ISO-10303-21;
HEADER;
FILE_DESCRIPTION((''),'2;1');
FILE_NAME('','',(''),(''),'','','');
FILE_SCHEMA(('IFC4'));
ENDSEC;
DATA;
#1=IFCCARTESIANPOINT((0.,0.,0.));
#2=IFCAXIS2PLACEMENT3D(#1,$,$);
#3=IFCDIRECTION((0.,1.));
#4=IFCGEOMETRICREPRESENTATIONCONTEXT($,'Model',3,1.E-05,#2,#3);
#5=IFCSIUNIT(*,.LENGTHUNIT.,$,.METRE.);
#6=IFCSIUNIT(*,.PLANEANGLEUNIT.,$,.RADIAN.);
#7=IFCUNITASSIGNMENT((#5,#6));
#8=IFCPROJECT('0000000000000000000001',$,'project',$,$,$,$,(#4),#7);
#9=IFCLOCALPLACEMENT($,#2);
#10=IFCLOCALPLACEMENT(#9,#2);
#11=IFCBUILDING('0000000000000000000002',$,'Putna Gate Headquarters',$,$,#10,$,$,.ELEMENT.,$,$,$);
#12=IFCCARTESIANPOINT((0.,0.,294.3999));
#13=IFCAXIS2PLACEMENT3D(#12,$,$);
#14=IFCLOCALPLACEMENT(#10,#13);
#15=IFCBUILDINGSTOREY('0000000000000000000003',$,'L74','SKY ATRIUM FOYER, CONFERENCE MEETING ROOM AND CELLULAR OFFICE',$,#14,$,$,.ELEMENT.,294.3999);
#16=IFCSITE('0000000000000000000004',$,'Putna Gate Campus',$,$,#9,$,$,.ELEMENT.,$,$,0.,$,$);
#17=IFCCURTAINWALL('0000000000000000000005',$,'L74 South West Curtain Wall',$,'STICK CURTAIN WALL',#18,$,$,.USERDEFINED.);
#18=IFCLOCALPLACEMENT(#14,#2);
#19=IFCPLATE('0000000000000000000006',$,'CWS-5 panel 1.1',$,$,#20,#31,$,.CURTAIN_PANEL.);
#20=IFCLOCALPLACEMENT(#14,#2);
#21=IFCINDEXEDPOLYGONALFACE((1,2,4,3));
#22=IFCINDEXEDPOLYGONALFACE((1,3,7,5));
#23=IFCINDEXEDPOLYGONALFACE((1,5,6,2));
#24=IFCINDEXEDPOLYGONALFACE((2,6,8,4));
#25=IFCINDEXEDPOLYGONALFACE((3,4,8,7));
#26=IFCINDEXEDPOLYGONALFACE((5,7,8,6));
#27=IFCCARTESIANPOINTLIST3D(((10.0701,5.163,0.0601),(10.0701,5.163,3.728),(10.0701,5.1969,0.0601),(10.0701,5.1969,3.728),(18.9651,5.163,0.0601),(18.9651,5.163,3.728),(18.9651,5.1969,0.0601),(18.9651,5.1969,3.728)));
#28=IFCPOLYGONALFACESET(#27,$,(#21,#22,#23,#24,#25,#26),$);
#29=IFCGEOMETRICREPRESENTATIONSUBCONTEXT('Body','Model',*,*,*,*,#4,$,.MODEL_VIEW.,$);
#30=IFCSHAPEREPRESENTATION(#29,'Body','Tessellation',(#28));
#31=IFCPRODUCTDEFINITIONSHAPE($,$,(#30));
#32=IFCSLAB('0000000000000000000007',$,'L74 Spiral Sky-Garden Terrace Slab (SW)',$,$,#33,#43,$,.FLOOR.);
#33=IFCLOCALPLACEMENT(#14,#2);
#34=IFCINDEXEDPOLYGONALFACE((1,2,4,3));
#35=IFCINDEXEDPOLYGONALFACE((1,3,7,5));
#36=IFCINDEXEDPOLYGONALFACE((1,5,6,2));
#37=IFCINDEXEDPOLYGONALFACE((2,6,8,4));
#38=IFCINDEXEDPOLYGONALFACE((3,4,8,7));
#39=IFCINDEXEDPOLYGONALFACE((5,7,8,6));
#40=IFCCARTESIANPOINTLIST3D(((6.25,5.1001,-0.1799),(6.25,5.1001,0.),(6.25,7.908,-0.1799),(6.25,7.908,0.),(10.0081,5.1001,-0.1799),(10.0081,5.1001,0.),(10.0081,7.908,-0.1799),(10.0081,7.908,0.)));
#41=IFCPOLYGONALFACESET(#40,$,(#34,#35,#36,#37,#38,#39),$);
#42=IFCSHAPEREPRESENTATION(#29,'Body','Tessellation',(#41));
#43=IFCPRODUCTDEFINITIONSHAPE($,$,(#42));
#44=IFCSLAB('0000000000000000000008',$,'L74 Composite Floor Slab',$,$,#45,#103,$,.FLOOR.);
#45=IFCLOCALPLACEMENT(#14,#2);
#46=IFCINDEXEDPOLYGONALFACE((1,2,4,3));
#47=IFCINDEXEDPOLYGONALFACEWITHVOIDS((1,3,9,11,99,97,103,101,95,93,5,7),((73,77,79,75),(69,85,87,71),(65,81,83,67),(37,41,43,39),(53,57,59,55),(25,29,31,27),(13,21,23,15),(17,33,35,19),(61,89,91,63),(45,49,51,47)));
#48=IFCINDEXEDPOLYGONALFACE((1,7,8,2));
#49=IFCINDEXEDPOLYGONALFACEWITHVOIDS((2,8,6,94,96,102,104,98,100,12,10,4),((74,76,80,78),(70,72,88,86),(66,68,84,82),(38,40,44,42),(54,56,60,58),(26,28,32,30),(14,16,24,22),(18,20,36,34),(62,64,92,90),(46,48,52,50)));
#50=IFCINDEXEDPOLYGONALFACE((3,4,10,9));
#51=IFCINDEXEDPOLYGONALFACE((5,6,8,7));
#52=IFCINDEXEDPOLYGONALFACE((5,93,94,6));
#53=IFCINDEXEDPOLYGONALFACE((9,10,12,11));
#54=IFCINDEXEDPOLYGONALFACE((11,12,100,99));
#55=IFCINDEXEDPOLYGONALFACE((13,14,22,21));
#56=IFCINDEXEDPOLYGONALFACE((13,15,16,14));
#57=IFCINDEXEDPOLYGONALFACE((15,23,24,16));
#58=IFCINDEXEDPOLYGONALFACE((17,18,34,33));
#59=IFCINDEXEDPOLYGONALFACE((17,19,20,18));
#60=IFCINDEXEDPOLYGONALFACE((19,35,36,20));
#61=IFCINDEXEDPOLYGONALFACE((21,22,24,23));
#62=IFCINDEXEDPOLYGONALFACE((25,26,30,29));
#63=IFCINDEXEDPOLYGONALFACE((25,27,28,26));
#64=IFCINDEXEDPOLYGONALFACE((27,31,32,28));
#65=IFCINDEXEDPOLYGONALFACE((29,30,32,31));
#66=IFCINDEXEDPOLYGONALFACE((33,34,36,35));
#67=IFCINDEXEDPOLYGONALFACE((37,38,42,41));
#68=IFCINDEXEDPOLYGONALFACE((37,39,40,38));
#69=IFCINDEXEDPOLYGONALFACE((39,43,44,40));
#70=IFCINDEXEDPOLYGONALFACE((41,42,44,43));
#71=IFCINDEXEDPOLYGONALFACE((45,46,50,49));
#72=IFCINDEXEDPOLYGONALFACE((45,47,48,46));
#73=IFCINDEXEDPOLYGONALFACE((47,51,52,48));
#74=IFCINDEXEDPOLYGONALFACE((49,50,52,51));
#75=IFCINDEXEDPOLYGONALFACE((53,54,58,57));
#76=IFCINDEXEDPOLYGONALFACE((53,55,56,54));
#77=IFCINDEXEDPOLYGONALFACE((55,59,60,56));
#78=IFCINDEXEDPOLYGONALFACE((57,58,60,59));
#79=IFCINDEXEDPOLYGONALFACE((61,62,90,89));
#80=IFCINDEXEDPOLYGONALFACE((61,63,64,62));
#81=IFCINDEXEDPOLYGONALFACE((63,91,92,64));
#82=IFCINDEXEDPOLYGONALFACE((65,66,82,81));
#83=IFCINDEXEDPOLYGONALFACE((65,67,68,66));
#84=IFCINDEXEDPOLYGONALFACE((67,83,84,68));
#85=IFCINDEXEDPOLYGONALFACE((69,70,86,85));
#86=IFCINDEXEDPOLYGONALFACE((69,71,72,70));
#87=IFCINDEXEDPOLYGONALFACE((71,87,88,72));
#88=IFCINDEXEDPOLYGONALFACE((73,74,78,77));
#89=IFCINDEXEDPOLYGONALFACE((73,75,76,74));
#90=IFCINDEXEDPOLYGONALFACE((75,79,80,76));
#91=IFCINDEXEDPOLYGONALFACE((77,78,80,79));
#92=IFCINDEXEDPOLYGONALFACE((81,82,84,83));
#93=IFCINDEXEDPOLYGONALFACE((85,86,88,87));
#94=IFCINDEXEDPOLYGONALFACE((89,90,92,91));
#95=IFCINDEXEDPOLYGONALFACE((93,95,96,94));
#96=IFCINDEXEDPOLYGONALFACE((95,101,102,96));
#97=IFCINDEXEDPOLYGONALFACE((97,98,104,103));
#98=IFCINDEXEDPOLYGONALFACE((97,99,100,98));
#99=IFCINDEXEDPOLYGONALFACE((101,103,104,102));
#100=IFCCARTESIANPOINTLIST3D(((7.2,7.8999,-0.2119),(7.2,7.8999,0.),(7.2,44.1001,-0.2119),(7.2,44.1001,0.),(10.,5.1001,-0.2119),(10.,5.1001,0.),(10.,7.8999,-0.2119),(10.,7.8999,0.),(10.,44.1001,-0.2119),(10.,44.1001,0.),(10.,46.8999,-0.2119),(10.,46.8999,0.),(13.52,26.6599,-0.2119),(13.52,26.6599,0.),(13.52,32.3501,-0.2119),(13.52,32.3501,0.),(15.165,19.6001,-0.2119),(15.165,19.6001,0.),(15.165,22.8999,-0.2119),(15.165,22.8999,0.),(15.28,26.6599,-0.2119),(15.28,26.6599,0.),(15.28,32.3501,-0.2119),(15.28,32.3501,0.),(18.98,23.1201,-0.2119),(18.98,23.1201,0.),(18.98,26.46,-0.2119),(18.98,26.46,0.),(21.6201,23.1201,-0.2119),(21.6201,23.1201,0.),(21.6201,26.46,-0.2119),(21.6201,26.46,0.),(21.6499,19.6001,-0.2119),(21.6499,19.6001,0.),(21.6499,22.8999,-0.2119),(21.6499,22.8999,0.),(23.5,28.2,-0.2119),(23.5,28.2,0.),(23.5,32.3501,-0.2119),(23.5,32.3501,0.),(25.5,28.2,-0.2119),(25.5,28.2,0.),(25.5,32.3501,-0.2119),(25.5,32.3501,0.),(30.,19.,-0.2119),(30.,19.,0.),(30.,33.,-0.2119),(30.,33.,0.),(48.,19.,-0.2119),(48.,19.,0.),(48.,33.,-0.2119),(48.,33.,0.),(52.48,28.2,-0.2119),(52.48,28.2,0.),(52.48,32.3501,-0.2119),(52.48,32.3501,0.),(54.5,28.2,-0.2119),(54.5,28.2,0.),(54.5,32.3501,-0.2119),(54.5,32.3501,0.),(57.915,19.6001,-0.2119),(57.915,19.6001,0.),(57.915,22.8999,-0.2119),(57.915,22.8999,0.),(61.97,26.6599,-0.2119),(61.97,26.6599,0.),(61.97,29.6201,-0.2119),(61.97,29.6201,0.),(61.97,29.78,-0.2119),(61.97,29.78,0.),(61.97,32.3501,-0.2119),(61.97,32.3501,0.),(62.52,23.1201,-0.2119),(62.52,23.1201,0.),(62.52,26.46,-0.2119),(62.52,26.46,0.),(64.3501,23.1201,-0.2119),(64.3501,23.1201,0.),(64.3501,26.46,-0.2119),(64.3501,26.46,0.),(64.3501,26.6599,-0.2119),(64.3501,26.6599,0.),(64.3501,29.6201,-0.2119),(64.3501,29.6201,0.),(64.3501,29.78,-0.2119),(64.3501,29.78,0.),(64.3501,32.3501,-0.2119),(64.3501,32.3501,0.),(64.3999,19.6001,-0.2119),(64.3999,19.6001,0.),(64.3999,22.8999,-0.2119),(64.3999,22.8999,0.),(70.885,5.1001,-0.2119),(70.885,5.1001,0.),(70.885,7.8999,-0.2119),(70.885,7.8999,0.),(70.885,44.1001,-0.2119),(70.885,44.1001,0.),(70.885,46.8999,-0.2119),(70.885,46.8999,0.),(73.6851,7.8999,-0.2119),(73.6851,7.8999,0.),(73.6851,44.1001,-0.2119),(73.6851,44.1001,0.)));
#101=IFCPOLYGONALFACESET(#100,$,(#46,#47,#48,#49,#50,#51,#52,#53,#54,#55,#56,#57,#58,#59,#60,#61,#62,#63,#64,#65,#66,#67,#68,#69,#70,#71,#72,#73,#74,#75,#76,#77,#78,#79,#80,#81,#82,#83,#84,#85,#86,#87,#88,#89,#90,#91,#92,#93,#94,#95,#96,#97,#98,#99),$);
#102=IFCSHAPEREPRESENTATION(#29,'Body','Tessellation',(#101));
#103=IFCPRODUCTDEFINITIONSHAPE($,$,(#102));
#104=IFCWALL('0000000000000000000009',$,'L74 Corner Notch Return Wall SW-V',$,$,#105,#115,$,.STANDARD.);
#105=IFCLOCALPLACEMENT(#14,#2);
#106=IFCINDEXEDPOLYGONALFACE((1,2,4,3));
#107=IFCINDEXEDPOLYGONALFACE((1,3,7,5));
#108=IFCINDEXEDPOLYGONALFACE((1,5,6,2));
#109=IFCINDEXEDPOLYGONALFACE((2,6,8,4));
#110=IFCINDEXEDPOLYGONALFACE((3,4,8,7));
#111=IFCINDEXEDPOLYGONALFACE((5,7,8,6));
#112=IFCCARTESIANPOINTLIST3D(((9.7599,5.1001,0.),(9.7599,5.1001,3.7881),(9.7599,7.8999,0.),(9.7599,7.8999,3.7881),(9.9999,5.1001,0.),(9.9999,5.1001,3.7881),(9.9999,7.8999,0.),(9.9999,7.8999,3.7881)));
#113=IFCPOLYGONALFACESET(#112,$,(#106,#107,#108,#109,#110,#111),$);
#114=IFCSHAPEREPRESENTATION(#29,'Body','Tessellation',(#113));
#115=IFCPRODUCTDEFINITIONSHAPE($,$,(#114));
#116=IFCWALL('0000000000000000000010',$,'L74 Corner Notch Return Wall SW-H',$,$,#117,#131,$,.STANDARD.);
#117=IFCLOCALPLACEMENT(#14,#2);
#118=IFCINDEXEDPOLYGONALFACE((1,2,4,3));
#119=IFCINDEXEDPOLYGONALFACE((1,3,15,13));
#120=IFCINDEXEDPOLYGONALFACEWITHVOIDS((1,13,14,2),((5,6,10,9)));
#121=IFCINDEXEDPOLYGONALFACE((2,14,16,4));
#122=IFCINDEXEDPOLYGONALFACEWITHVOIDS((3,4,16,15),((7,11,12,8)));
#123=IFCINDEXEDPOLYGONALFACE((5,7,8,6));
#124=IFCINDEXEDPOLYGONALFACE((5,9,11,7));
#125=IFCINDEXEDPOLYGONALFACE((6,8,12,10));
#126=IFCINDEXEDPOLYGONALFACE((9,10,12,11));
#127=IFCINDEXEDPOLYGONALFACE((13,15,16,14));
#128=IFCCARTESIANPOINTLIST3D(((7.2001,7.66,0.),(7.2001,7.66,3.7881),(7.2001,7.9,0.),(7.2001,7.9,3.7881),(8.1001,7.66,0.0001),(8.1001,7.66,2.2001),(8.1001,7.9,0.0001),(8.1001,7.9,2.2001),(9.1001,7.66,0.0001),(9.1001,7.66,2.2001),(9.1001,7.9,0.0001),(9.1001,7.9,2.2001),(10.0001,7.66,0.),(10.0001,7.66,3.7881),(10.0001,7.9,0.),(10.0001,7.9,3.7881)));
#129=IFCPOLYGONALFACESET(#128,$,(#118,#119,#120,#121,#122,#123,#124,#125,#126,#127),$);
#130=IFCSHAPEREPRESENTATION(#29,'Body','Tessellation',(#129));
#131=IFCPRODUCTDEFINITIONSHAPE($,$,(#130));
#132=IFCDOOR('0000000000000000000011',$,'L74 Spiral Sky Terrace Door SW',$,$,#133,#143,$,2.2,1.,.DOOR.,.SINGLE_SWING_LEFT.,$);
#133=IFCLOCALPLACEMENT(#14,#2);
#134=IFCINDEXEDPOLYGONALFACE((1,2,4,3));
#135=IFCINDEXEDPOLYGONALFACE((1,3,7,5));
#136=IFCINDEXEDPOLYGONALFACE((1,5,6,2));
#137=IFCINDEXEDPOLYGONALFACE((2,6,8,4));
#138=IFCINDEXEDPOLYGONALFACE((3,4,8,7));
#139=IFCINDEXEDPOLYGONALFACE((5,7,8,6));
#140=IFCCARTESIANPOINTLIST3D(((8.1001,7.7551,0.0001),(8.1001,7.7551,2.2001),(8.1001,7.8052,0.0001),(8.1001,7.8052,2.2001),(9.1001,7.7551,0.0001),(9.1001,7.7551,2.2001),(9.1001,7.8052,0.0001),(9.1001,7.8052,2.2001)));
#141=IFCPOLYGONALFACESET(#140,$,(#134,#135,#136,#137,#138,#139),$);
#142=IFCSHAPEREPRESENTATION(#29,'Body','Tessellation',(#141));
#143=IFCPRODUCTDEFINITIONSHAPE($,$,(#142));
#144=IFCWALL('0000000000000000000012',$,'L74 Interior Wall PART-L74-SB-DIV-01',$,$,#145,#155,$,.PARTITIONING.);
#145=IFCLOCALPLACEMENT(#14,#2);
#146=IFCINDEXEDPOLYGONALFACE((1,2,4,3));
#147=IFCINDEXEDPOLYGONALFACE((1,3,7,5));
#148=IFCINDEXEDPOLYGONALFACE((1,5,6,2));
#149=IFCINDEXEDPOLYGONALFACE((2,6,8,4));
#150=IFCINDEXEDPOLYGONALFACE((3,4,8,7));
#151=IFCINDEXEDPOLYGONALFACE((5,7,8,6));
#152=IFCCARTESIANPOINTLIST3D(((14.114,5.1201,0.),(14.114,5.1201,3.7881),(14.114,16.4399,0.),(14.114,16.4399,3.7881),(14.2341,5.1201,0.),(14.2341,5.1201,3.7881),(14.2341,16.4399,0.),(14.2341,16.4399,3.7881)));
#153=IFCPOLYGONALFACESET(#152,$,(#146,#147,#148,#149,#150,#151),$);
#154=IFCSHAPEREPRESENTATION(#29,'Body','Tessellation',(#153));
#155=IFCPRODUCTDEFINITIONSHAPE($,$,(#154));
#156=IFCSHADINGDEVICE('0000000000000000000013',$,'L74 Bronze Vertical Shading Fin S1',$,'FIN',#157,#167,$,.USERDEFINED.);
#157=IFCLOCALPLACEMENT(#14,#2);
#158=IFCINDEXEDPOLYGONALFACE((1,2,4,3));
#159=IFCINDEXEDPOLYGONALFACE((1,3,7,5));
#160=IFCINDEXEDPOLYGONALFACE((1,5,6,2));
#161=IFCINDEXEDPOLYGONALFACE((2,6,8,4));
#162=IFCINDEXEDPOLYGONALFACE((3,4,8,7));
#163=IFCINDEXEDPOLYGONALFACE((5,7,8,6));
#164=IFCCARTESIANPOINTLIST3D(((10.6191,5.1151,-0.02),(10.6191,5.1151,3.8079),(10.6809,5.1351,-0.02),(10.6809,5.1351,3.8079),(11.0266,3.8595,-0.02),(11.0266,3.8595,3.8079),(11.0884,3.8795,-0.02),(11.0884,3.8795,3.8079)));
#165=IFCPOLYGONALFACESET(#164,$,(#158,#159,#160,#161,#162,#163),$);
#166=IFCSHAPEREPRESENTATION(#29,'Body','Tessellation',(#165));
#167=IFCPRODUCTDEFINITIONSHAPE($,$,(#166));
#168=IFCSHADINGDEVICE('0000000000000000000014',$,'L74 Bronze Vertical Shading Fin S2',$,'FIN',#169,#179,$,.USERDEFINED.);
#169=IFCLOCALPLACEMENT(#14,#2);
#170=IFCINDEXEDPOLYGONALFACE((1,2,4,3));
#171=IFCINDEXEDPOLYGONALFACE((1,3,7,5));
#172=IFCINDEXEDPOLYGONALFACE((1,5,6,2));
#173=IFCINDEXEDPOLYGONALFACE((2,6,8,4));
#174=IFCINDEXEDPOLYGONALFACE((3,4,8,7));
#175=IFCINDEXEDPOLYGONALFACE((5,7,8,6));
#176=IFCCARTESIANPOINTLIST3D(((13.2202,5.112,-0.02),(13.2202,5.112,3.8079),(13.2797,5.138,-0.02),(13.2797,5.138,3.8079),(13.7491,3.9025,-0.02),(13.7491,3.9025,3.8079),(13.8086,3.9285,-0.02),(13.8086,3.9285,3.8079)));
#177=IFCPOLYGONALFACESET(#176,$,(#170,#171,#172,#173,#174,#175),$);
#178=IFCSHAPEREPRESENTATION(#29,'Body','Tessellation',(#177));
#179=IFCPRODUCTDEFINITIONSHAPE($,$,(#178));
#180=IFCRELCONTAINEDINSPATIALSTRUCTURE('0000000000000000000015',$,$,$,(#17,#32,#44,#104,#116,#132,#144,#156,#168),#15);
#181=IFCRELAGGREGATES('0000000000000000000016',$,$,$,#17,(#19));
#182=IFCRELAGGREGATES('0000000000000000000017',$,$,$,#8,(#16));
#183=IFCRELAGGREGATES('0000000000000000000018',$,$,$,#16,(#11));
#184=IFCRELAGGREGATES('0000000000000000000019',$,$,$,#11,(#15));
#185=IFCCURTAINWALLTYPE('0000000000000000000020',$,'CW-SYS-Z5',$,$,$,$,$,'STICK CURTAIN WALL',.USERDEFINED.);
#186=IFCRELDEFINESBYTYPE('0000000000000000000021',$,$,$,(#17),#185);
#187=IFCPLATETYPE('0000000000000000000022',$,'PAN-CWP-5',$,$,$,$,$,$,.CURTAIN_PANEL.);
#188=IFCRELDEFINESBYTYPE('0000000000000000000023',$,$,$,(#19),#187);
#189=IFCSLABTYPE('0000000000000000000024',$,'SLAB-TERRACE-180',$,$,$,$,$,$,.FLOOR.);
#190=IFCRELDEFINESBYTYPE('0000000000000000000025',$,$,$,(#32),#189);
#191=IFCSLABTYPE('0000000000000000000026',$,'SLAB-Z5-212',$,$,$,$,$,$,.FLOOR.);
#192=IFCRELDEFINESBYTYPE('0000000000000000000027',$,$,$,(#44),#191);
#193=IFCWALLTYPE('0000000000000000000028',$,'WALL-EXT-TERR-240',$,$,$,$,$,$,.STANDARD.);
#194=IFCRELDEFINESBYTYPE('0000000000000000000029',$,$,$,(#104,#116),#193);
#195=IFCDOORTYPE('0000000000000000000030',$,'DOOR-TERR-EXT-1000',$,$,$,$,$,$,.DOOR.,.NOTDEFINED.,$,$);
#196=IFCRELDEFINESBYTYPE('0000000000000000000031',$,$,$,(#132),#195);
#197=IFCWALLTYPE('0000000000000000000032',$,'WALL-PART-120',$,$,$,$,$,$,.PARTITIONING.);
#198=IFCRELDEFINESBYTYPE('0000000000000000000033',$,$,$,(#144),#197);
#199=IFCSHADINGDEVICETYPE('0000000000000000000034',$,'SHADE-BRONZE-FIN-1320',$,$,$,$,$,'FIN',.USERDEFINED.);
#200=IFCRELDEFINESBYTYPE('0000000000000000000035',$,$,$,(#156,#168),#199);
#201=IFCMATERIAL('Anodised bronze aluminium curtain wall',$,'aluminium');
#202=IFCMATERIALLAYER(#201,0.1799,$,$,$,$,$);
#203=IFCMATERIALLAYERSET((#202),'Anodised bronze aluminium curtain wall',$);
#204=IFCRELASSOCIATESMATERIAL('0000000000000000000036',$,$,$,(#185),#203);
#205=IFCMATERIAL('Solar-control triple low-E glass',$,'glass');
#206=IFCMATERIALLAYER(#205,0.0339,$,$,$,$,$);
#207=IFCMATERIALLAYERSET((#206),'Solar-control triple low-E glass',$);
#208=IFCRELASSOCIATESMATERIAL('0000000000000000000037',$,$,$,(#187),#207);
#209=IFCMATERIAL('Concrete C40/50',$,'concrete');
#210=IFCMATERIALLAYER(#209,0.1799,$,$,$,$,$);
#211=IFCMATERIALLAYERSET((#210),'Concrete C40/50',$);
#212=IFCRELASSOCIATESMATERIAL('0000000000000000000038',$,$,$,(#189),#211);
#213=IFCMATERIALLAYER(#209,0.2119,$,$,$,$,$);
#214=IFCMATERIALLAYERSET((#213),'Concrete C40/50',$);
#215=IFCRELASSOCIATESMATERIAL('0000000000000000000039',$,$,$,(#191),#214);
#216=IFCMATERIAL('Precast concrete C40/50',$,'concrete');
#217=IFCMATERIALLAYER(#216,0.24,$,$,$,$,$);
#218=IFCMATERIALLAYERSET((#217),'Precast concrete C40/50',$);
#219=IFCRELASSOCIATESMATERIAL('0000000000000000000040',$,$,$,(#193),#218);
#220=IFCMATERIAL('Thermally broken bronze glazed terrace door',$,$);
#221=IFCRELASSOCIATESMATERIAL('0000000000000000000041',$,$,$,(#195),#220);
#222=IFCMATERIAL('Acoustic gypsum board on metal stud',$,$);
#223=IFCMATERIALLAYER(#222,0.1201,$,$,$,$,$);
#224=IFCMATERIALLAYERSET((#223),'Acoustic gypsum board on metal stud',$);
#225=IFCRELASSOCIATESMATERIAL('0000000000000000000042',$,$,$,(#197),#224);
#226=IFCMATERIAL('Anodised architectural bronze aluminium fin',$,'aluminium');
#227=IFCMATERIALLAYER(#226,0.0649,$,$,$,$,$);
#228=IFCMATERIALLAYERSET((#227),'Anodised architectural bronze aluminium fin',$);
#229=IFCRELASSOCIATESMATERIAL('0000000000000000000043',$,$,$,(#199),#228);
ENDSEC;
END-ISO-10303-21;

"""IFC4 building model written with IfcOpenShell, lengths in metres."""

from ifc_helpers import new_model, si_unit, direction, frame, frame_2d, origin, origin_2d, place, context, subcontext, project, spatial, polyline, rectangle, outline, extrude, material, layer, layer_set, type_object, element, fill, aggregate, save


model = new_model("IFC4")

# Units and contexts
model_context = context("Model", 3, precision=1e-05, world=origin(), true_north=direction((0.0, 1.0)))
body_context = subcontext(model_context, "Body", "Model", "MODEL_VIEW")
ifc_project = project(units=[si_unit("LENGTHUNIT", "METRE"), si_unit("PLANEANGLEUNIT", "RADIAN")], contexts=[model_context])

# Site, building, storey
site_placement = place(None, origin())
site = spatial("IfcSite", under=ifc_project, at=site_placement, Name="Putna Gate Campus", CompositionType="ELEMENT", RefElevation=0.0)
building_placement = place(site_placement, origin())
building = spatial("IfcBuilding", under=site, at=building_placement, Name="Putna Gate Headquarters", CompositionType="ELEMENT")
storey_placement = place(building_placement, frame((0.0, 0.0, 294.3999)))
storey = spatial("IfcBuildingStorey", under=building, at=storey_placement, Name="L74", Description="SKY ATRIUM FOYER, CONFERENCE MEETING ROOM AND CELLULAR OFFICE", CompositionType="ELEMENT", Elevation=294.3999)

# Curtain wall
ifc_material_1 = material(Name="Anodised bronze aluminium curtain wall", Category="aluminium")
ifc_layer_1 = layer(ifc_material_1, 0.1799)
ifc_layer_set_1 = layer_set([ifc_layer_1], Name="Anodised bronze aluminium curtain wall")
curtain_wall_type = type_object("IfcCurtainWallType", Name="CW-SYS-Z5", ElementType="STICK CURTAIN WALL", PredefinedType="USERDEFINED", material=ifc_layer_set_1)
curtain_wall_1_placement = place(storey_placement, origin())
curtain_wall_1 = element("IfcCurtainWall", 1, at=curtain_wall_1_placement, inside=storey, type_object=curtain_wall_type, Name="L74 South West Curtain Wall", ObjectType="STICK CURTAIN WALL", PredefinedType="USERDEFINED")

# Shared definitions
ifc_material_2 = material(Name="Concrete C40/50", Category="concrete")

# Plate
ifc_material_3 = material(Name="Solar-control triple low-E glass", Category="glass")
ifc_layer_2 = layer(ifc_material_3, 0.0339)
ifc_layer_set_2 = layer_set([ifc_layer_2], Name="Solar-control triple low-E glass")
plate_type = type_object("IfcPlateType", Name="PAN-CWP-5", PredefinedType="CURTAIN_PANEL", material=ifc_layer_set_2)
plate_placement = place(storey_placement, frame((14.5176, 5.1799, 0.0601), z_axis=(0.0, 0.0, 1.0), x_axis=(1.0, 0.0, 0.0)))
plate = element("IfcPlate", 2, at=plate_placement, type_object=plate_type, Name="CWS-5 panel 1.1", PredefinedType="CURTAIN_PANEL", context=body_context, shape_type="SweptSolid", body=[
    extrude(rectangle(XDim=8.895, YDim=0.0339, at=origin_2d()), origin(), (0.0, 0.0, 1.0), 3.668),
])
aggregate(curtain_wall_1, [plate])

# Slabs
ifc_layer_3 = layer(ifc_material_2, 0.1799)
ifc_layer_set_3 = layer_set([ifc_layer_3], Name="Concrete C40/50")
slab_type_1 = type_object("IfcSlabType", Name="SLAB-TERRACE-180", PredefinedType="FLOOR", material=ifc_layer_set_3)
slab_1_placement = place(storey_placement, frame((0.0, 0.0, -0.1799)))
element("IfcSlab", 3, at=slab_1_placement, inside=storey, type_object=slab_type_1, Name="L74 Spiral Sky-Garden Terrace Slab (SW)", PredefinedType="FLOOR", context=body_context, shape_type="SweptSolid", body=[
    extrude(outline(polyline([(6.25, 5.1001), (10.0081, 5.1001), (10.0081, 7.908), (6.25, 7.908), (6.25, 5.1001)])), origin(), (0.0, 0.0, 1.0), 0.1799),
])
ifc_layer_4 = layer(ifc_material_2, 0.2119)
ifc_layer_set_4 = layer_set([ifc_layer_4], Name="Concrete C40/50")
slab_type_2 = type_object("IfcSlabType", Name="SLAB-Z5-212", PredefinedType="FLOOR", material=ifc_layer_set_4)
slab_2_placement = place(storey_placement, frame((0.0, 0.0, -0.2119)))
element("IfcSlab", 4, at=slab_2_placement, inside=storey, type_object=slab_type_2, Name="L74 Composite Floor Slab", PredefinedType="FLOOR", context=body_context, shape_type="SweptSolid", body=[
    extrude(outline(polyline([(10.0, 5.1001), (70.885, 5.1001), (70.885, 7.8999), (73.6851, 7.8999), (73.6851, 44.1001), (70.885, 44.1001), (70.885, 46.8999), (10.0, 46.8999), (10.0, 44.1001), (7.2, 44.1001), (7.2, 7.8999), (10.0, 7.8999), (10.0, 5.1001)]), holes=[polyline([(15.165, 19.6001), (21.6499, 19.6001), (21.6499, 22.8999), (15.165, 22.8999), (15.165, 19.6001)]), polyline([(57.915, 19.6001), (64.3999, 19.6001), (64.3999, 22.8999), (57.915, 22.8999), (57.915, 19.6001)]), polyline([(13.52, 26.6599), (15.28, 26.6599), (15.28, 32.3501), (13.52, 32.3501), (13.52, 26.6599)]), polyline([(61.97, 29.78), (64.3501, 29.78), (64.3501, 32.3501), (61.97, 32.3501), (61.97, 29.78)]), polyline([(18.98, 23.1201), (21.6201, 23.1201), (21.6201, 26.46), (18.98, 26.46), (18.98, 23.1201)]), polyline([(62.52, 23.1201), (64.3501, 23.1201), (64.3501, 26.46), (62.52, 26.46), (62.52, 23.1201)]), polyline([(61.97, 26.6599), (64.3501, 26.6599), (64.3501, 29.6201), (61.97, 29.6201), (61.97, 26.6599)]), polyline([(23.5, 28.2), (25.5, 28.2), (25.5, 32.3501), (23.5, 32.3501), (23.5, 28.2)]), polyline([(52.48, 28.2), (54.5, 28.2), (54.5, 32.3501), (52.48, 32.3501), (52.48, 28.2)]), polyline([(30.0, 19.0), (48.0, 19.0), (48.0, 33.0), (30.0, 33.0), (30.0, 19.0)])]), origin(), (0.0, 0.0, 1.0), 0.2119),
])

# Wall
ifc_material_4 = material(Name="Precast concrete C40/50", Category="concrete")
ifc_layer_5 = layer(ifc_material_4, 0.24)
ifc_layer_set_5 = layer_set([ifc_layer_5], Name="Precast concrete C40/50")
wall_type_1 = type_object("IfcWallType", Name="WALL-EXT-TERR-240", PredefinedType="STANDARD", material=ifc_layer_set_5)
wall_1_placement = place(storey_placement, frame((9.8799, 5.1001, 0.0), z_axis=(0.0, 0.0, 1.0), x_axis=(0.0, 1.0, 0.0)))
element("IfcWall", 5, at=wall_1_placement, inside=storey, type_object=wall_type_1, Name="L74 Corner Notch Return Wall SW-V", PredefinedType="STANDARD", context=body_context, shape_type="SweptSolid", body=[
    extrude(rectangle(XDim=2.7998, YDim=0.24, at=frame_2d((1.3999, 0.0))), origin(), (0.0, 0.0, 1.0), 3.7881),
])

# Wall, opening, door
wall_2_placement = place(storey_placement, frame((10.0, 7.78, 0.0), z_axis=(0.0, 0.0, 1.0), x_axis=(-1.0, 0.0, 0.0)))
wall_2 = element("IfcWall", 6, at=wall_2_placement, inside=storey, type_object=wall_type_1, Name="L74 Corner Notch Return Wall SW-H", PredefinedType="STANDARD", context=body_context, shape_type="SweptSolid", body=[
    extrude(rectangle(XDim=2.8, YDim=0.24, at=frame_2d((1.3999, 0.0))), origin(), (0.0, 0.0, 1.0), 3.7881),
])
opening_placement = place(wall_2_placement, frame((0.8999, 0.0, 0.0)))
opening = element("IfcOpeningElement", 7, at=opening_placement, cuts=wall_2, PredefinedType="OPENING", context=body_context, shape_type="SweptSolid", body=[
    extrude(rectangle(XDim=1.0, YDim=2.2, at=frame_2d((0.5, 1.1001))), frame((0.0, 0.1299, 0.0), z_axis=(0.0, -1.0, 0.0), x_axis=(1.0, 0.0, 0.0)), (0.0, 0.0, 1.0), 0.26),
])
ifc_material_5 = material(Name="Thermally broken bronze glazed terrace door")
door_type = type_object("IfcDoorType", Name="DOOR-TERR-EXT-1000", OperationType="NOTDEFINED", PredefinedType="DOOR", material=ifc_material_5)
door_placement = place(opening_placement, origin())
door = element("IfcDoor", 8, at=door_placement, inside=storey, type_object=door_type, Name="L74 Spiral Sky Terrace Door SW", OperationType="SINGLE_SWING_LEFT", OverallHeight=2.2, OverallWidth=1.0, PredefinedType="DOOR", context=body_context, shape_type="SweptSolid", body=[
    extrude(rectangle(XDim=1.0, YDim=2.2, at=frame_2d((0.5, 1.1001))), frame((0.0, 0.0249, 0.0), z_axis=(0.0, -1.0, 0.0), x_axis=(1.0, 0.0, 0.0)), (0.0, 0.0, 1.0), 0.05),
])
fill(opening, door)

# Wall
ifc_material_6 = material(Name="Acoustic gypsum board on metal stud")
ifc_layer_6 = layer(ifc_material_6, 0.1201)
ifc_layer_set_6 = layer_set([ifc_layer_6], Name="Acoustic gypsum board on metal stud")
wall_type_2 = type_object("IfcWallType", Name="WALL-PART-120", PredefinedType="PARTITIONING", material=ifc_layer_set_6)
wall_3_placement = place(storey_placement, frame((14.1741, 5.1201, 0.0), z_axis=(0.0, 0.0, 1.0), x_axis=(0.0, 1.0, 0.0)))
element("IfcWall", 9, at=wall_3_placement, inside=storey, type_object=wall_type_2, Name="L74 Interior Wall PART-L74-SB-DIV-01", PredefinedType="PARTITIONING", context=body_context, shape_type="SweptSolid", body=[
    extrude(rectangle(XDim=11.3198, YDim=0.1201, at=frame_2d((5.6599, 0.0))), origin(), (0.0, 0.0, 1.0), 3.7881),
])

# Shading devices
ifc_material_7 = material(Name="Anodised architectural bronze aluminium fin", Category="aluminium")
ifc_layer_7 = layer(ifc_material_7, 0.0649)
ifc_layer_set_7 = layer_set([ifc_layer_7], Name="Anodised architectural bronze aluminium fin")
shading_device_type_1 = type_object("IfcShadingDeviceType", Name="SHADE-BRONZE-FIN-1320", ElementType="FIN", PredefinedType="USERDEFINED", material=ifc_layer_set_7)
for number, where, z_axis, x_axis, name in (
    (10, (10.8538, 4.4973, -0.02), (0.0, 0.0, 1.0), (0.308685, -0.951164, 0.0), "L74 Bronze Vertical Shading Fin S1"),
    (11, (13.5144, 4.5203, -0.02), (0.0, 0.0, 1.0), (0.400669, -0.916223, 0.0), "L74 Bronze Vertical Shading Fin S2"),
):
    element("IfcShadingDevice", number, at=place(storey_placement, frame(where, z_axis=z_axis, x_axis=x_axis)), inside=storey, type_object=shading_device_type_1, Name=name, ObjectType="FIN", PredefinedType="USERDEFINED", context=body_context, shape_type="SweptSolid", body=[
        extrude(rectangle(XDim=1.3201, YDim=0.0649, at=origin_2d()), origin(), (0.0, 0.0, 1.0), 3.8279),
    ])

save(model, "model.ifc")
